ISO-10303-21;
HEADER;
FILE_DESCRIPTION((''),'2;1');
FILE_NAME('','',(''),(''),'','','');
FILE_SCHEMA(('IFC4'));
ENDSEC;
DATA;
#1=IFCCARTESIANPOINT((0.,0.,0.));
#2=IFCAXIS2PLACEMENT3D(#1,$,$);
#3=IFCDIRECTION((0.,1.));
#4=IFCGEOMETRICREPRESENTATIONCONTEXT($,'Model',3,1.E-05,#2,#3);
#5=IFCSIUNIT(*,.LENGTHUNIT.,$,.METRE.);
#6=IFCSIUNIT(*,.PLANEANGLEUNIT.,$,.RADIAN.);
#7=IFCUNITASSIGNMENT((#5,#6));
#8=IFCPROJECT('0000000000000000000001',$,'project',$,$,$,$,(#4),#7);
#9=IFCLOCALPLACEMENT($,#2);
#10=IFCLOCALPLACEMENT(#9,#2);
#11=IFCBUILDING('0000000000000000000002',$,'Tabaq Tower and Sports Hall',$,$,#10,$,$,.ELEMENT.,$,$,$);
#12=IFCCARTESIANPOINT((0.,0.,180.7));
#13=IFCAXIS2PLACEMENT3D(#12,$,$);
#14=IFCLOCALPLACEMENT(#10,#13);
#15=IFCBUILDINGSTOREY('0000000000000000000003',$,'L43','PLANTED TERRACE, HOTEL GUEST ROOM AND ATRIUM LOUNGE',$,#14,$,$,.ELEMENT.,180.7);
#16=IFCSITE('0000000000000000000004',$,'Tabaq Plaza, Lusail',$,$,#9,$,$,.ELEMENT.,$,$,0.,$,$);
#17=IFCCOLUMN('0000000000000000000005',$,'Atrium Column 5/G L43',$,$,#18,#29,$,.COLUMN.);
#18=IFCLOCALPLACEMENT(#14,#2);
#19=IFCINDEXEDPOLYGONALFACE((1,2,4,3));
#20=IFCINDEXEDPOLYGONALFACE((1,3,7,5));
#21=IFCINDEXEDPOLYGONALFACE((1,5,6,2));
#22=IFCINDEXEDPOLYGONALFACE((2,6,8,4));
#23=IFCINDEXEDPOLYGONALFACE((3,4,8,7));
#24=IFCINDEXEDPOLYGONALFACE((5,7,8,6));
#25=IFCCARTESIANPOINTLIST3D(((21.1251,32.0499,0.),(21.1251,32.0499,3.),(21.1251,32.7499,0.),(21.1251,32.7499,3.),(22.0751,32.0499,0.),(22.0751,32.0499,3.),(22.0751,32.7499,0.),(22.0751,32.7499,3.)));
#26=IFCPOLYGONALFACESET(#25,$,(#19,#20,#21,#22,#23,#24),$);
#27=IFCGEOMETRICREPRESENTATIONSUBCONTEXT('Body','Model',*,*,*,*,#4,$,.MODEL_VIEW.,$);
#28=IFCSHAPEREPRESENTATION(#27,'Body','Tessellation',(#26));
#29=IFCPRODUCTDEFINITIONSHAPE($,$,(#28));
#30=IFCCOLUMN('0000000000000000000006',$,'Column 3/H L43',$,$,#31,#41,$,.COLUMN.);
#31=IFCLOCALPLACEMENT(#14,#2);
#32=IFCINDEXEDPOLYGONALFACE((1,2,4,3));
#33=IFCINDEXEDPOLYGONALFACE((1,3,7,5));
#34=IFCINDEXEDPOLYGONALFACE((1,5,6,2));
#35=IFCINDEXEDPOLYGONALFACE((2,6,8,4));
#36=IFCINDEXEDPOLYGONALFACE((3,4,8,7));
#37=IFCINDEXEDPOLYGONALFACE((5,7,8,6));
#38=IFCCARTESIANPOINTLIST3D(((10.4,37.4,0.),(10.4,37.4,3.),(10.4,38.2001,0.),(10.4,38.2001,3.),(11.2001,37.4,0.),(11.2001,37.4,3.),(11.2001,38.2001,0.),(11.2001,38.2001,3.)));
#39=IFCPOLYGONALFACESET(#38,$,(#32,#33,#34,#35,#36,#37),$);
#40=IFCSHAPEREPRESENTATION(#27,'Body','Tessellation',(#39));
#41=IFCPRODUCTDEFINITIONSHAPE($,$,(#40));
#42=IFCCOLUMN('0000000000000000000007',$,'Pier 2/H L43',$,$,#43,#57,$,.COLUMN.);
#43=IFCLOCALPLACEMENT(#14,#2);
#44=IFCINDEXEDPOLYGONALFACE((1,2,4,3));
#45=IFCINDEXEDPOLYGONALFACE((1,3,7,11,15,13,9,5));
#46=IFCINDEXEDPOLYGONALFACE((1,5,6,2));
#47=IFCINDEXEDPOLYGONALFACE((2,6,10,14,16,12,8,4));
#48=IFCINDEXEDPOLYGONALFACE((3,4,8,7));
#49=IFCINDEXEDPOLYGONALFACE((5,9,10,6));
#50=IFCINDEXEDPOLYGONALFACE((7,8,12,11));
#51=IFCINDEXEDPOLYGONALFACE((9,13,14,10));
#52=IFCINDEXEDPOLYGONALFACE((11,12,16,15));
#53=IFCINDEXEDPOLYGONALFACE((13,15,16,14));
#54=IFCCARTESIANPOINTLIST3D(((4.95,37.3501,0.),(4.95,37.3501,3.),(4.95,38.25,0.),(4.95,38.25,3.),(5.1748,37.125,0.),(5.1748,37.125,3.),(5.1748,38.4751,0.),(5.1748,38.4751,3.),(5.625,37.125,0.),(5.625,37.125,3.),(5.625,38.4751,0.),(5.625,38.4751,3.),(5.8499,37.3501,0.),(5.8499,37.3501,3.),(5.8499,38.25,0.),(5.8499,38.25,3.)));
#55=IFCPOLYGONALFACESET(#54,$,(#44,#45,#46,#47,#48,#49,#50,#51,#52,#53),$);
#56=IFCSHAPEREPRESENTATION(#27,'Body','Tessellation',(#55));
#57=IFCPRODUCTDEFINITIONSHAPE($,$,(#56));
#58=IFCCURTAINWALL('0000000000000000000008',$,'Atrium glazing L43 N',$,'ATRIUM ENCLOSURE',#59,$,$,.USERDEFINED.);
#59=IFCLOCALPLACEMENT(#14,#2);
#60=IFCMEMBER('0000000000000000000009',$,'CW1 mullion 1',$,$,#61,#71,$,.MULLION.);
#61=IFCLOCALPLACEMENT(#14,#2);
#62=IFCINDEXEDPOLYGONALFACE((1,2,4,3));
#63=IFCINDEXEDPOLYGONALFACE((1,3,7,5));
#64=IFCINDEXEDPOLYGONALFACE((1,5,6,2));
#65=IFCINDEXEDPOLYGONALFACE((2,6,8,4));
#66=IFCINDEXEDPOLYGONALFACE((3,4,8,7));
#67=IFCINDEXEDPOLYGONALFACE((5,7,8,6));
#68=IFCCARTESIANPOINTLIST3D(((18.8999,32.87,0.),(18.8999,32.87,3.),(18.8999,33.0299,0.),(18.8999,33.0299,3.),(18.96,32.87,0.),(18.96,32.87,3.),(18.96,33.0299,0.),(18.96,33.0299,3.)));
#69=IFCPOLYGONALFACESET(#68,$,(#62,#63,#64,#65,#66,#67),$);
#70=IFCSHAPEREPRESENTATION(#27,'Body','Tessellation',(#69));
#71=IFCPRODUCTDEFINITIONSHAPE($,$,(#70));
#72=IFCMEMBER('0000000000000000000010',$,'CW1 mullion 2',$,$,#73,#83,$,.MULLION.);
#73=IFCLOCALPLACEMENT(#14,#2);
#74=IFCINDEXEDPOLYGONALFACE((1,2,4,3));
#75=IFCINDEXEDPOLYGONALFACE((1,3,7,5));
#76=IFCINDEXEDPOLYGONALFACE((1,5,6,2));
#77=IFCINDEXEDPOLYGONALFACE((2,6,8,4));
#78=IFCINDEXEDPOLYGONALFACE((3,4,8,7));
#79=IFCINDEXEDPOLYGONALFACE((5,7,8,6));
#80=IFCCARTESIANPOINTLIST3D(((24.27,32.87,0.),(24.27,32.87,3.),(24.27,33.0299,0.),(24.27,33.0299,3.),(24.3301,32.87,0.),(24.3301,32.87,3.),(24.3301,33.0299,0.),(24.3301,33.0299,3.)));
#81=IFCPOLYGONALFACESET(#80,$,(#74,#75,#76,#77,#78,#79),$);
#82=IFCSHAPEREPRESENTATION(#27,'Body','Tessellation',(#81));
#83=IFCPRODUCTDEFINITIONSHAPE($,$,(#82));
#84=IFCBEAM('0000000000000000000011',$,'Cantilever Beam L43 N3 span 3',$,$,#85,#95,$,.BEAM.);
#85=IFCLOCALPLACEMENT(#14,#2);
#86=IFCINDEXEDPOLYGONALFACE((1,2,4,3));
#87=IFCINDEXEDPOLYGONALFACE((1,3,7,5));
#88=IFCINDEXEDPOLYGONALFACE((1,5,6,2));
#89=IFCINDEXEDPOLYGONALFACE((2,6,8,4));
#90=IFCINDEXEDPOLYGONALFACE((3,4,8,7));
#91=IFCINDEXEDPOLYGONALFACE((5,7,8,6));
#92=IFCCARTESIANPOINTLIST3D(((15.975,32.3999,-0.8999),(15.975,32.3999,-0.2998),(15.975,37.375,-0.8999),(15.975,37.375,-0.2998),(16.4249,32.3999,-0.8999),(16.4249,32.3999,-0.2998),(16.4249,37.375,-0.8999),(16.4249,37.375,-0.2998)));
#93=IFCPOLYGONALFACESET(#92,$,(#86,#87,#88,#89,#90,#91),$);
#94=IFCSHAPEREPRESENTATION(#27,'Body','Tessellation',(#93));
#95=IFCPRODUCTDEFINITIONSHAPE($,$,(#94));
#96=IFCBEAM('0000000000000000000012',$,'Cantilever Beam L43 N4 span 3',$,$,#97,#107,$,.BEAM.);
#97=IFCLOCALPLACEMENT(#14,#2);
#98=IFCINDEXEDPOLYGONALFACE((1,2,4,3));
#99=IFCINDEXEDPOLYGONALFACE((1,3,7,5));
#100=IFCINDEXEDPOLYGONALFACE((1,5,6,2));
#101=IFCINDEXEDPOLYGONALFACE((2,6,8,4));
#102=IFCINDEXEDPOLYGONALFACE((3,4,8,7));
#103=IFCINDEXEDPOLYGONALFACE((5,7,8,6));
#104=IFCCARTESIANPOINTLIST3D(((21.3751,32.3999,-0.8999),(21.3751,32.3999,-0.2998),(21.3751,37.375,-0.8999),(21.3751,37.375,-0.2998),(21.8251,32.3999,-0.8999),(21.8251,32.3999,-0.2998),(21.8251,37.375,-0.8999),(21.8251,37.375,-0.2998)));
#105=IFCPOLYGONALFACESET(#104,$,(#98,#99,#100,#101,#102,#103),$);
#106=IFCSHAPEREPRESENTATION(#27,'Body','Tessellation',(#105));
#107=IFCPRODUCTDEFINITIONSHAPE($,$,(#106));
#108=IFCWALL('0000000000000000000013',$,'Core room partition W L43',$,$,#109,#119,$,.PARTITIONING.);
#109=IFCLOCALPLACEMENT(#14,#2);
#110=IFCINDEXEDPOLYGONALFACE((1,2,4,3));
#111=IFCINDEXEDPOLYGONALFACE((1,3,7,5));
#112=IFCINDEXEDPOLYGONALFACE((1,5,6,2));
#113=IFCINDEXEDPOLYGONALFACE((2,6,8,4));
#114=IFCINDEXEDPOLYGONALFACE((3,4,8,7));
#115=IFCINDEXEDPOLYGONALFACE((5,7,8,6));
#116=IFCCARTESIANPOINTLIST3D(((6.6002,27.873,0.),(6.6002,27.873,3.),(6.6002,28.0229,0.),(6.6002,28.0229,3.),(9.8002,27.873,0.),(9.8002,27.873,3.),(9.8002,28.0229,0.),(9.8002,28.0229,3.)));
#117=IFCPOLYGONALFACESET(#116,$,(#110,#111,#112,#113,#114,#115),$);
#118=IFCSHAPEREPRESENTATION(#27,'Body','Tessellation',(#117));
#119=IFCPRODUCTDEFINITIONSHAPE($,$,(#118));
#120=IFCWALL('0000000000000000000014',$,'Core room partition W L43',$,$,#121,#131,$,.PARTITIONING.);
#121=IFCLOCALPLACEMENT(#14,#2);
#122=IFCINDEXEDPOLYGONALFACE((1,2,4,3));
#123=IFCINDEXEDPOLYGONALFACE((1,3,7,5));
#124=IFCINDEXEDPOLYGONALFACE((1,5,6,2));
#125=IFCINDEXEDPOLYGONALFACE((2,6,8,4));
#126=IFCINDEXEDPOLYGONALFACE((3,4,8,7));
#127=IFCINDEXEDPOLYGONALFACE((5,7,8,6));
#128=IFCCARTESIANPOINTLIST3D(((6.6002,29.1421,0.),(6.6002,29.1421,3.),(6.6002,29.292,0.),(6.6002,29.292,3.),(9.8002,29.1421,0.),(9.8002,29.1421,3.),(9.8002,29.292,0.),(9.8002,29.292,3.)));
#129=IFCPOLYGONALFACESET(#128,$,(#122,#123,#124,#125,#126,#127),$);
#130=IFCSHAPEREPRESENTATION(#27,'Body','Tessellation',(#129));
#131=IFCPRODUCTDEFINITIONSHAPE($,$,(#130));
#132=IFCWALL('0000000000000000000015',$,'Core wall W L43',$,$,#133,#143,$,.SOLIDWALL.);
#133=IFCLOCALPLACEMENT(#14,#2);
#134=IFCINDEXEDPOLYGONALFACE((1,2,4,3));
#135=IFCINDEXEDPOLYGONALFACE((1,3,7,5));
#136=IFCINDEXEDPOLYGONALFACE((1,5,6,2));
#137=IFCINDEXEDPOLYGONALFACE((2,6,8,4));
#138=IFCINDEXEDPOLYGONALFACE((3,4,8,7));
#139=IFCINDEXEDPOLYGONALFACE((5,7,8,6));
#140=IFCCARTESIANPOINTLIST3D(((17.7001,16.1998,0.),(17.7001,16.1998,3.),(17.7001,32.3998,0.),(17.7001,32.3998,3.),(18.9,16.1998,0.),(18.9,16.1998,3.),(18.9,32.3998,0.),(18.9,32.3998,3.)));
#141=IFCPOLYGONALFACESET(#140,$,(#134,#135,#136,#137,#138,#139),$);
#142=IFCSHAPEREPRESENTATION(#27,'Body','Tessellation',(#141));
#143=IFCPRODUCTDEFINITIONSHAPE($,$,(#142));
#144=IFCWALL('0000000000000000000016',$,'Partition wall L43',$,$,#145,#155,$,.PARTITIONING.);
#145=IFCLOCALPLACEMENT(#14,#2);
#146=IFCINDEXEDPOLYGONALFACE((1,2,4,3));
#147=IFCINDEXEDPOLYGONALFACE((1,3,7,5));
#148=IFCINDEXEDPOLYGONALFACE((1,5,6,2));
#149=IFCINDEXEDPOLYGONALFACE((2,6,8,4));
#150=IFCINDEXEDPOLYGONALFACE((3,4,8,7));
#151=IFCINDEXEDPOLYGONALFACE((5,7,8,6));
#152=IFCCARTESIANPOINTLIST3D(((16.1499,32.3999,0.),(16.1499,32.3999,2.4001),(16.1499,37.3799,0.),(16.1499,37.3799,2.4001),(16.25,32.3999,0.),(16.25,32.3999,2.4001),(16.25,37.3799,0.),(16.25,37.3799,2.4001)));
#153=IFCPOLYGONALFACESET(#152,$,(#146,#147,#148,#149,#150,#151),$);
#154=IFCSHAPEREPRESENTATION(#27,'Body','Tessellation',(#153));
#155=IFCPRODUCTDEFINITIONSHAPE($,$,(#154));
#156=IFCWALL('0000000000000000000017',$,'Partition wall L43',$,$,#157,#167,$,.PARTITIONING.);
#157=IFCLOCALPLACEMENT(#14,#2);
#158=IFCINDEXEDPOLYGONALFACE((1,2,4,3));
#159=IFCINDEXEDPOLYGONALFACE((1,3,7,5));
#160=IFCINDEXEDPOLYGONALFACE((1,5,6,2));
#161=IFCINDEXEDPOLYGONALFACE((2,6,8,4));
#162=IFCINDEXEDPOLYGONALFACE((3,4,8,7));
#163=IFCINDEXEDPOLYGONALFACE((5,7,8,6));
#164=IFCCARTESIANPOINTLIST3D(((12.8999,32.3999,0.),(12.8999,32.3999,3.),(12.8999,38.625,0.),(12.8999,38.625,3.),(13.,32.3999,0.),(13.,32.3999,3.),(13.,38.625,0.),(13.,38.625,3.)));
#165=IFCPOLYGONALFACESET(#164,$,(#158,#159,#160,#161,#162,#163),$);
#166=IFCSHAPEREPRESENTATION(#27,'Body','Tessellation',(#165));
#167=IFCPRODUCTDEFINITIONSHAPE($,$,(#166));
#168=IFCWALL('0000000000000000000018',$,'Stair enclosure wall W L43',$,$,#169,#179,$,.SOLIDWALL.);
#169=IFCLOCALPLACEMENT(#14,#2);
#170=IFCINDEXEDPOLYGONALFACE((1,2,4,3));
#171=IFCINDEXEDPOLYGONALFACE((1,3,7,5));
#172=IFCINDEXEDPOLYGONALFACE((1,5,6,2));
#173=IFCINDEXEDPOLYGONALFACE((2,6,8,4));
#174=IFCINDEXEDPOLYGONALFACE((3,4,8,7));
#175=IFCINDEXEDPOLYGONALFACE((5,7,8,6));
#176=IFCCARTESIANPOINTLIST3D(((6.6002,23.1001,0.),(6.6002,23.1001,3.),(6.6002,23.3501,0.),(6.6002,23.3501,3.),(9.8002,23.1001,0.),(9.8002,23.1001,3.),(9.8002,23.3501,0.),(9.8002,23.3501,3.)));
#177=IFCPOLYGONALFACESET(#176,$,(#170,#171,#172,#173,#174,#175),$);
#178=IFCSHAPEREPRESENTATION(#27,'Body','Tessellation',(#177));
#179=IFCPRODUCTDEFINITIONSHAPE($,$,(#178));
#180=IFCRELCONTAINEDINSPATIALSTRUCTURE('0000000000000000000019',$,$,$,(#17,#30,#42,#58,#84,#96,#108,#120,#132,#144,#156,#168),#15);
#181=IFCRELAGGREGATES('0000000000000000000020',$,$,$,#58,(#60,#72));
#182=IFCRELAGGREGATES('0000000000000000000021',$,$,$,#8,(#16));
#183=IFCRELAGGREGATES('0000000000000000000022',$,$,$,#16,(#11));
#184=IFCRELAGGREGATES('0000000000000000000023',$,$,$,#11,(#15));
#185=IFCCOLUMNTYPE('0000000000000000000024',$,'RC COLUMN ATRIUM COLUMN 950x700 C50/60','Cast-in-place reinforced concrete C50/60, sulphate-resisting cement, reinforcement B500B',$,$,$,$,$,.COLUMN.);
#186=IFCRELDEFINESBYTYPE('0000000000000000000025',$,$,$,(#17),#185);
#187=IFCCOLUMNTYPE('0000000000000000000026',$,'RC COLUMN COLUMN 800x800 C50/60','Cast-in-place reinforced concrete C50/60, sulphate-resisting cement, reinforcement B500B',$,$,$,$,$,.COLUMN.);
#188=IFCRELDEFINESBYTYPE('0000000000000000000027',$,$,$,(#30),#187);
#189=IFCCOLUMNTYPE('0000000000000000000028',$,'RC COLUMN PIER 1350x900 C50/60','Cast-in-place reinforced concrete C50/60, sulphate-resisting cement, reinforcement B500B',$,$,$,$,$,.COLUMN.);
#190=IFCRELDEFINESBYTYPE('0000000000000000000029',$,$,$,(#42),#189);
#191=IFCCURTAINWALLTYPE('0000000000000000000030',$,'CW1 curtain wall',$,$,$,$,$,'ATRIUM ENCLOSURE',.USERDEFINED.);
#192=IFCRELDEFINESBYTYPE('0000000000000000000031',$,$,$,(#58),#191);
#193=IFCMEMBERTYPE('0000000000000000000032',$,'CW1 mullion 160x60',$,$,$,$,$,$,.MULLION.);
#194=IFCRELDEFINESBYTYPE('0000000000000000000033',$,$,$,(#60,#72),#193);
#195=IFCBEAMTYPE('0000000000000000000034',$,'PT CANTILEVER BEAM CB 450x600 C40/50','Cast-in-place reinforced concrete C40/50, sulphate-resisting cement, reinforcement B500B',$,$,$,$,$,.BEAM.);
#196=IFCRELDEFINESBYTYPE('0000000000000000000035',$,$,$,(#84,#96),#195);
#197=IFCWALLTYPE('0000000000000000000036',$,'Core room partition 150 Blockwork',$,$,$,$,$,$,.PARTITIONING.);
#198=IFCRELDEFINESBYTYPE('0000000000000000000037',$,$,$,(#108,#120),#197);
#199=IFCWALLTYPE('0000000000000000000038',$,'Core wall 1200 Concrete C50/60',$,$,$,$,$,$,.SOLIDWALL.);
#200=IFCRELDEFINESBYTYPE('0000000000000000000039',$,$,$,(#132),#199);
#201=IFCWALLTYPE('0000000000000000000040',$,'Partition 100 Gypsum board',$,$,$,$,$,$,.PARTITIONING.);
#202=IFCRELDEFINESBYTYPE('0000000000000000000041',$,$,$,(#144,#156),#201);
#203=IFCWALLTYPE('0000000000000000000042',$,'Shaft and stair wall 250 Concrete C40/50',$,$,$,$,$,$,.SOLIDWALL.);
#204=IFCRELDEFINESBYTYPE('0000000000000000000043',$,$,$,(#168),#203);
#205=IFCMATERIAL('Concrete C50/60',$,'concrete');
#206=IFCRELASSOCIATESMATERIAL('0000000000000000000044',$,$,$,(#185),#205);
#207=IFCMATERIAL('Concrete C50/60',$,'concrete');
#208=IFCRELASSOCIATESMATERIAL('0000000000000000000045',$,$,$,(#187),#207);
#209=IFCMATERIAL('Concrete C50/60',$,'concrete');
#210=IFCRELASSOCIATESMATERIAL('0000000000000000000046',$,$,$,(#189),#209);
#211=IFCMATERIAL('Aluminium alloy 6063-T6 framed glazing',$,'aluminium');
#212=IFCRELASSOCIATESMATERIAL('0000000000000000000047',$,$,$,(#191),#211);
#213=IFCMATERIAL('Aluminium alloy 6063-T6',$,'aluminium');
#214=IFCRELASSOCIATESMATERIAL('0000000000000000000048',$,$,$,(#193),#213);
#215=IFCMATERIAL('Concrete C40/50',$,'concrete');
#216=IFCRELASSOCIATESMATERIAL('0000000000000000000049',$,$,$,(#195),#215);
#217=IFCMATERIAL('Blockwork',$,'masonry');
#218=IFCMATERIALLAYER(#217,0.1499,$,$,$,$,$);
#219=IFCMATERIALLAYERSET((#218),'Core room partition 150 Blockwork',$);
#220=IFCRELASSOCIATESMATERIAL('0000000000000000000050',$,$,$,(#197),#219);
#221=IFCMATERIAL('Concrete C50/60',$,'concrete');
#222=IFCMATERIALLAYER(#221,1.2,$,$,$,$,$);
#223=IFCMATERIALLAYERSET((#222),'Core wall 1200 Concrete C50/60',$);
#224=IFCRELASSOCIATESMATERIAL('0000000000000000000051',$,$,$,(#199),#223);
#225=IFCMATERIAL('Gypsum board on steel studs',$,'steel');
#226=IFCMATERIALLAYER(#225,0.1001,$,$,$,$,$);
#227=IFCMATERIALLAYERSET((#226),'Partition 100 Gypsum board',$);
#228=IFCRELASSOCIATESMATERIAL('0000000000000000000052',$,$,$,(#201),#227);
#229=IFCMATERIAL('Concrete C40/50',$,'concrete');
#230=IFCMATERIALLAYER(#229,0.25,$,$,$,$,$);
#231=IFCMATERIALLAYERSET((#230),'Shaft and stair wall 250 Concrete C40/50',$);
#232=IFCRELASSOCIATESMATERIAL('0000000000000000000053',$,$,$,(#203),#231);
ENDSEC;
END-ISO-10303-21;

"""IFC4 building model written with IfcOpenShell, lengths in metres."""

from ifc_helpers import new_model, si_unit, direction, frame, frame_2d, origin, origin_2d, place, context, subcontext, project, spatial, polyline, rectangle, outline, extrude, material, layer, layer_set, material_profile, profile_set, type_object, element, aggregate, save


model = new_model("IFC4")

# Units and contexts
model_context = context("Model", 3, precision=1e-05, world=origin(), true_north=direction((0.0, 1.0)))
body_context = subcontext(model_context, "Body", "Model", "MODEL_VIEW")
ifc_project = project(units=[si_unit("LENGTHUNIT", "METRE"), si_unit("PLANEANGLEUNIT", "RADIAN")], contexts=[model_context])

# Site, building, storey
site_placement = place(None, origin())
site = spatial("IfcSite", under=ifc_project, at=site_placement, Name="Tabaq Plaza, Lusail", CompositionType="ELEMENT", RefElevation=0.0)
building_placement = place(site_placement, origin())
building = spatial("IfcBuilding", under=site, at=building_placement, Name="Tabaq Tower and Sports Hall", CompositionType="ELEMENT")
storey_placement = place(building_placement, frame((0.0, 0.0, 180.7)))
storey = spatial("IfcBuildingStorey", under=building, at=storey_placement, Name="L43", Description="PLANTED TERRACE, HOTEL GUEST ROOM AND ATRIUM LOUNGE", CompositionType="ELEMENT", Elevation=180.7)

# Columns
ifc_material_1 = material(Name="Concrete C50/60", Category="concrete")
ifc_material_profile_1 = material_profile(ifc_material_1, rectangle(XDim=0.95, YDim=0.7, at=origin_2d()), Name="ATRIUM COLUMN 950x700")
ifc_profile_set_1 = profile_set([ifc_material_profile_1], Name="Concrete C50/60")
column_type_1 = type_object("IfcColumnType", Name="RC COLUMN ATRIUM COLUMN 950x700 C50/60", Description="Cast-in-place reinforced concrete C50/60, sulphate-resisting cement, reinforcement B500B", PredefinedType="COLUMN", material=ifc_profile_set_1)
column_1_placement = place(storey_placement, frame((21.6001, 32.3999, 0.0), z_axis=(0.0, 0.0, 1.0), x_axis=(1.0, 0.0, 0.0)))
element("IfcColumn", 1, at=column_1_placement, inside=storey, type_object=column_type_1, Name="Atrium Column 5/G L43", PredefinedType="COLUMN", context=body_context, shape_type="SweptSolid", body=[
    extrude(rectangle(XDim=0.95, YDim=0.7, at=origin_2d()), origin(), (0.0, 0.0, 1.0), 3.0),
])
ifc_material_2 = material(Name="Concrete C50/60", Category="concrete")
ifc_material_profile_2 = material_profile(ifc_material_2, rectangle(XDim=0.8, YDim=0.8, at=origin_2d()), Name="COLUMN 800x800")
ifc_profile_set_2 = profile_set([ifc_material_profile_2], Name="Concrete C50/60")
column_type_2 = type_object("IfcColumnType", Name="RC COLUMN COLUMN 800x800 C50/60", Description="Cast-in-place reinforced concrete C50/60, sulphate-resisting cement, reinforcement B500B", PredefinedType="COLUMN", material=ifc_profile_set_2)
column_2_placement = place(storey_placement, frame((10.8, 37.8, 0.0), z_axis=(0.0, 0.0, 1.0), x_axis=(1.0, 0.0, 0.0)))
element("IfcColumn", 2, at=column_2_placement, inside=storey, type_object=column_type_2, Name="Column 3/H L43", PredefinedType="COLUMN", context=body_context, shape_type="SweptSolid", body=[
    extrude(rectangle(XDim=0.8, YDim=0.8, at=origin_2d()), origin(), (0.0, 0.0, 1.0), 3.0),
])
ifc_material_3 = material(Name="Concrete C50/60", Category="concrete")
ifc_material_profile_3 = material_profile(ifc_material_3, outline(polyline([(-0.45, -0.45), (0.45, -0.45), (0.675, -0.2251), (0.675, 0.2251), (0.45, 0.45), (-0.45, 0.45), (-0.675, 0.2251), (-0.675, -0.2251), (-0.45, -0.45)])), Name="PIER 1350x900")
ifc_profile_set_3 = profile_set([ifc_material_profile_3], Name="Concrete C50/60")
column_type_3 = type_object("IfcColumnType", Name="RC COLUMN PIER 1350x900 C50/60", Description="Cast-in-place reinforced concrete C50/60, sulphate-resisting cement, reinforcement B500B", PredefinedType="COLUMN", material=ifc_profile_set_3)
column_3_placement = place(storey_placement, frame((5.3999, 37.8, 0.0), z_axis=(0.0, 0.0, 1.0), x_axis=(0.0, 1.0, 0.0)))
element("IfcColumn", 3, at=column_3_placement, inside=storey, type_object=column_type_3, Name="Pier 2/H L43", PredefinedType="COLUMN", context=body_context, shape_type="SweptSolid", body=[
    extrude(outline(polyline([(-0.45, -0.45), (0.45, -0.45), (0.675, -0.2251), (0.675, 0.2251), (0.45, 0.45), (-0.45, 0.45), (-0.675, 0.2251), (-0.675, -0.2251), (-0.45, -0.45)])), origin(), (0.0, 0.0, 1.0), 3.0),
])

# Curtain wall, members
ifc_material_4 = material(Name="Aluminium alloy 6063-T6 framed glazing", Category="aluminium")
curtain_wall_type = type_object("IfcCurtainWallType", Name="CW1 curtain wall", ElementType="ATRIUM ENCLOSURE", PredefinedType="USERDEFINED", material=ifc_material_4)
curtain_wall_placement = place(storey_placement, origin())
curtain_wall = element("IfcCurtainWall", 4, at=curtain_wall_placement, inside=storey, type_object=curtain_wall_type, Name="Atrium glazing L43 N", ObjectType="ATRIUM ENCLOSURE", PredefinedType="USERDEFINED")
ifc_material_5 = material(Name="Aluminium alloy 6063-T6", Category="aluminium")
ifc_material_profile_4 = material_profile(ifc_material_5, rectangle(XDim=0.1599, YDim=0.0601, at=origin_2d()), Name="MULLION 160x60")
ifc_profile_set_4 = profile_set([ifc_material_profile_4], Name="Aluminium alloy 6063-T6")
member_type = type_object("IfcMemberType", Name="CW1 mullion 160x60", PredefinedType="MULLION", material=ifc_profile_set_4)
member_1_placement = place(storey_placement, frame((18.9299, 32.95, 0.0), z_axis=(0.0, 0.0, 1.0), x_axis=(0.0, 1.0, 0.0)))
member_1 = element("IfcMember", 5, at=member_1_placement, type_object=member_type, Name="CW1 mullion 1", PredefinedType="MULLION", context=body_context, shape_type="SweptSolid", body=[
    extrude(rectangle(XDim=0.1599, YDim=0.0601, at=origin_2d()), origin(), (0.0, 0.0, 1.0), 3.0),
])
member_2_placement = place(storey_placement, frame((24.3, 32.95, 0.0), z_axis=(0.0, 0.0, 1.0), x_axis=(0.0, 1.0, 0.0)))
member_2 = element("IfcMember", 6, at=member_2_placement, type_object=member_type, Name="CW1 mullion 2", PredefinedType="MULLION", context=body_context, shape_type="SweptSolid", body=[
    extrude(rectangle(XDim=0.1599, YDim=0.0601, at=origin_2d()), origin(), (0.0, 0.0, 1.0), 3.0),
])
aggregate(curtain_wall, [member_1, member_2])

# Beams
ifc_material_6 = material(Name="Concrete C40/50", Category="concrete")
ifc_material_profile_5 = material_profile(ifc_material_6, rectangle(XDim=0.45, YDim=0.6001, at=origin_2d()), Name="CB 450x600")
ifc_profile_set_5 = profile_set([ifc_material_profile_5], Name="Concrete C40/50")
beam_type = type_object("IfcBeamType", Name="PT CANTILEVER BEAM CB 450x600 C40/50", Description="Cast-in-place reinforced concrete C40/50, sulphate-resisting cement, reinforcement B500B", PredefinedType="BEAM", material=ifc_profile_set_5)
for number, where, z_axis, x_axis, name in (
    (7, (16.2, 37.375, -0.5999), (0.0, -1.0, 0.0), (1.0, 0.0, 0.0), "Cantilever Beam L43 N3 span 3"),
    (8, (21.6001, 37.375, -0.5999), (0.0, -1.0, 0.0), (1.0, 0.0, 0.0), "Cantilever Beam L43 N4 span 3"),
):
    element("IfcBeam", number, at=place(storey_placement, frame(where, z_axis=z_axis, x_axis=x_axis)), inside=storey, type_object=beam_type, Name=name, PredefinedType="BEAM", context=body_context, shape_type="SweptSolid", body=[
        extrude(rectangle(XDim=0.45, YDim=0.6001, at=origin_2d()), origin(), (0.0, 0.0, 1.0), 4.9751),
    ])

# Walls
ifc_material_7 = material(Name="Blockwork", Category="masonry")
ifc_layer_1 = layer(ifc_material_7, 0.1499)
ifc_layer_set_1 = layer_set([ifc_layer_1], Name="Core room partition 150 Blockwork")
wall_type_1 = type_object("IfcWallType", Name="Core room partition 150 Blockwork", PredefinedType="PARTITIONING", material=ifc_layer_set_1)
for number, where, z_axis, x_axis, name in (
    (9, (6.6001, 27.948, 0.0), (0.0, 0.0, 1.0), (1.0, 0.0, 0.0), "Core room partition W L43"),
    (10, (6.6001, 29.217, 0.0), (0.0, 0.0, 1.0), (1.0, 0.0, 0.0), "Core room partition W L43"),
):
    element("IfcWall", number, at=place(storey_placement, frame(where, z_axis=z_axis, x_axis=x_axis)), inside=storey, type_object=wall_type_1, Name=name, PredefinedType="PARTITIONING", context=body_context, shape_type="SweptSolid", body=[
        extrude(rectangle(XDim=3.2, YDim=0.1499, at=frame_2d((1.6001, 0.0))), origin(), (0.0, 0.0, 1.0), 3.0),
    ])
ifc_material_8 = material(Name="Concrete C50/60", Category="concrete")
ifc_layer_2 = layer(ifc_material_8, 1.2)
ifc_layer_set_2 = layer_set([ifc_layer_2], Name="Core wall 1200 Concrete C50/60")
wall_type_2 = type_object("IfcWallType", Name="Core wall 1200 Concrete C50/60", PredefinedType="SOLIDWALL", material=ifc_layer_set_2)
wall_1_placement = place(storey_placement, frame((18.3, 32.3999, 0.0), z_axis=(0.0, 0.0, 1.0), x_axis=(0.0, -1.0, 0.0)))
element("IfcWall", 11, at=wall_1_placement, inside=storey, type_object=wall_type_2, Name="Core wall W L43", PredefinedType="SOLIDWALL", context=body_context, shape_type="SweptSolid", body=[
    extrude(rectangle(XDim=16.2, YDim=1.2, at=frame_2d((8.1001, 0.0))), origin(), (0.0, 0.0, 1.0), 3.0),
])

# Walls
ifc_material_9 = material(Name="Gypsum board on steel studs", Category="steel")
ifc_layer_3 = layer(ifc_material_9, 0.1001)
ifc_layer_set_3 = layer_set([ifc_layer_3], Name="Partition 100 Gypsum board")
wall_type_3 = type_object("IfcWallType", Name="Partition 100 Gypsum board", PredefinedType="PARTITIONING", material=ifc_layer_set_3)
wall_2_placement = place(storey_placement, frame((16.2, 37.3799, 0.0), z_axis=(0.0, 0.0, 1.0), x_axis=(0.0, -1.0, 0.0)))
element("IfcWall", 12, at=wall_2_placement, inside=storey, type_object=wall_type_3, Name="Partition wall L43", PredefinedType="PARTITIONING", context=body_context, shape_type="SweptSolid", body=[
    extrude(rectangle(XDim=4.98, YDim=0.1001, at=frame_2d((2.49, 0.0))), origin(), (0.0, 0.0, 1.0), 2.4001),
])
wall_3_placement = place(storey_placement, frame((12.95, 32.3999, 0.0), z_axis=(0.0, 0.0, 1.0), x_axis=(0.0, 1.0, 0.0)))
element("IfcWall", 13, at=wall_3_placement, inside=storey, type_object=wall_type_3, Name="Partition wall L43", PredefinedType="PARTITIONING", context=body_context, shape_type="SweptSolid", body=[
    extrude(rectangle(XDim=6.2251, YDim=0.1001, at=frame_2d((3.1125, 0.0))), origin(), (0.0, 0.0, 1.0), 3.0),
])
ifc_material_10 = material(Name="Concrete C40/50", Category="concrete")
ifc_layer_4 = layer(ifc_material_10, 0.25)
ifc_layer_set_4 = layer_set([ifc_layer_4], Name="Shaft and stair wall 250 Concrete C40/50")
wall_type_4 = type_object("IfcWallType", Name="Shaft and stair wall 250 Concrete C40/50", PredefinedType="SOLIDWALL", material=ifc_layer_set_4)
for number, where, z_axis, x_axis, name in (
    (14, (6.6001, 23.2251, 0.0), (0.0, 0.0, 1.0), (1.0, 0.0, 0.0), "Stair enclosure wall W L43"),
):
    element("IfcWall", number, at=place(storey_placement, frame(where, z_axis=z_axis, x_axis=x_axis)), inside=storey, type_object=wall_type_4, Name=name, PredefinedType="SOLIDWALL", context=body_context, shape_type="SweptSolid", body=[
        extrude(rectangle(XDim=3.2, YDim=0.25, at=frame_2d((1.6001, 0.0))), origin(), (0.0, 0.0, 1.0), 3.0),
    ])

save(model, "model.ifc")
